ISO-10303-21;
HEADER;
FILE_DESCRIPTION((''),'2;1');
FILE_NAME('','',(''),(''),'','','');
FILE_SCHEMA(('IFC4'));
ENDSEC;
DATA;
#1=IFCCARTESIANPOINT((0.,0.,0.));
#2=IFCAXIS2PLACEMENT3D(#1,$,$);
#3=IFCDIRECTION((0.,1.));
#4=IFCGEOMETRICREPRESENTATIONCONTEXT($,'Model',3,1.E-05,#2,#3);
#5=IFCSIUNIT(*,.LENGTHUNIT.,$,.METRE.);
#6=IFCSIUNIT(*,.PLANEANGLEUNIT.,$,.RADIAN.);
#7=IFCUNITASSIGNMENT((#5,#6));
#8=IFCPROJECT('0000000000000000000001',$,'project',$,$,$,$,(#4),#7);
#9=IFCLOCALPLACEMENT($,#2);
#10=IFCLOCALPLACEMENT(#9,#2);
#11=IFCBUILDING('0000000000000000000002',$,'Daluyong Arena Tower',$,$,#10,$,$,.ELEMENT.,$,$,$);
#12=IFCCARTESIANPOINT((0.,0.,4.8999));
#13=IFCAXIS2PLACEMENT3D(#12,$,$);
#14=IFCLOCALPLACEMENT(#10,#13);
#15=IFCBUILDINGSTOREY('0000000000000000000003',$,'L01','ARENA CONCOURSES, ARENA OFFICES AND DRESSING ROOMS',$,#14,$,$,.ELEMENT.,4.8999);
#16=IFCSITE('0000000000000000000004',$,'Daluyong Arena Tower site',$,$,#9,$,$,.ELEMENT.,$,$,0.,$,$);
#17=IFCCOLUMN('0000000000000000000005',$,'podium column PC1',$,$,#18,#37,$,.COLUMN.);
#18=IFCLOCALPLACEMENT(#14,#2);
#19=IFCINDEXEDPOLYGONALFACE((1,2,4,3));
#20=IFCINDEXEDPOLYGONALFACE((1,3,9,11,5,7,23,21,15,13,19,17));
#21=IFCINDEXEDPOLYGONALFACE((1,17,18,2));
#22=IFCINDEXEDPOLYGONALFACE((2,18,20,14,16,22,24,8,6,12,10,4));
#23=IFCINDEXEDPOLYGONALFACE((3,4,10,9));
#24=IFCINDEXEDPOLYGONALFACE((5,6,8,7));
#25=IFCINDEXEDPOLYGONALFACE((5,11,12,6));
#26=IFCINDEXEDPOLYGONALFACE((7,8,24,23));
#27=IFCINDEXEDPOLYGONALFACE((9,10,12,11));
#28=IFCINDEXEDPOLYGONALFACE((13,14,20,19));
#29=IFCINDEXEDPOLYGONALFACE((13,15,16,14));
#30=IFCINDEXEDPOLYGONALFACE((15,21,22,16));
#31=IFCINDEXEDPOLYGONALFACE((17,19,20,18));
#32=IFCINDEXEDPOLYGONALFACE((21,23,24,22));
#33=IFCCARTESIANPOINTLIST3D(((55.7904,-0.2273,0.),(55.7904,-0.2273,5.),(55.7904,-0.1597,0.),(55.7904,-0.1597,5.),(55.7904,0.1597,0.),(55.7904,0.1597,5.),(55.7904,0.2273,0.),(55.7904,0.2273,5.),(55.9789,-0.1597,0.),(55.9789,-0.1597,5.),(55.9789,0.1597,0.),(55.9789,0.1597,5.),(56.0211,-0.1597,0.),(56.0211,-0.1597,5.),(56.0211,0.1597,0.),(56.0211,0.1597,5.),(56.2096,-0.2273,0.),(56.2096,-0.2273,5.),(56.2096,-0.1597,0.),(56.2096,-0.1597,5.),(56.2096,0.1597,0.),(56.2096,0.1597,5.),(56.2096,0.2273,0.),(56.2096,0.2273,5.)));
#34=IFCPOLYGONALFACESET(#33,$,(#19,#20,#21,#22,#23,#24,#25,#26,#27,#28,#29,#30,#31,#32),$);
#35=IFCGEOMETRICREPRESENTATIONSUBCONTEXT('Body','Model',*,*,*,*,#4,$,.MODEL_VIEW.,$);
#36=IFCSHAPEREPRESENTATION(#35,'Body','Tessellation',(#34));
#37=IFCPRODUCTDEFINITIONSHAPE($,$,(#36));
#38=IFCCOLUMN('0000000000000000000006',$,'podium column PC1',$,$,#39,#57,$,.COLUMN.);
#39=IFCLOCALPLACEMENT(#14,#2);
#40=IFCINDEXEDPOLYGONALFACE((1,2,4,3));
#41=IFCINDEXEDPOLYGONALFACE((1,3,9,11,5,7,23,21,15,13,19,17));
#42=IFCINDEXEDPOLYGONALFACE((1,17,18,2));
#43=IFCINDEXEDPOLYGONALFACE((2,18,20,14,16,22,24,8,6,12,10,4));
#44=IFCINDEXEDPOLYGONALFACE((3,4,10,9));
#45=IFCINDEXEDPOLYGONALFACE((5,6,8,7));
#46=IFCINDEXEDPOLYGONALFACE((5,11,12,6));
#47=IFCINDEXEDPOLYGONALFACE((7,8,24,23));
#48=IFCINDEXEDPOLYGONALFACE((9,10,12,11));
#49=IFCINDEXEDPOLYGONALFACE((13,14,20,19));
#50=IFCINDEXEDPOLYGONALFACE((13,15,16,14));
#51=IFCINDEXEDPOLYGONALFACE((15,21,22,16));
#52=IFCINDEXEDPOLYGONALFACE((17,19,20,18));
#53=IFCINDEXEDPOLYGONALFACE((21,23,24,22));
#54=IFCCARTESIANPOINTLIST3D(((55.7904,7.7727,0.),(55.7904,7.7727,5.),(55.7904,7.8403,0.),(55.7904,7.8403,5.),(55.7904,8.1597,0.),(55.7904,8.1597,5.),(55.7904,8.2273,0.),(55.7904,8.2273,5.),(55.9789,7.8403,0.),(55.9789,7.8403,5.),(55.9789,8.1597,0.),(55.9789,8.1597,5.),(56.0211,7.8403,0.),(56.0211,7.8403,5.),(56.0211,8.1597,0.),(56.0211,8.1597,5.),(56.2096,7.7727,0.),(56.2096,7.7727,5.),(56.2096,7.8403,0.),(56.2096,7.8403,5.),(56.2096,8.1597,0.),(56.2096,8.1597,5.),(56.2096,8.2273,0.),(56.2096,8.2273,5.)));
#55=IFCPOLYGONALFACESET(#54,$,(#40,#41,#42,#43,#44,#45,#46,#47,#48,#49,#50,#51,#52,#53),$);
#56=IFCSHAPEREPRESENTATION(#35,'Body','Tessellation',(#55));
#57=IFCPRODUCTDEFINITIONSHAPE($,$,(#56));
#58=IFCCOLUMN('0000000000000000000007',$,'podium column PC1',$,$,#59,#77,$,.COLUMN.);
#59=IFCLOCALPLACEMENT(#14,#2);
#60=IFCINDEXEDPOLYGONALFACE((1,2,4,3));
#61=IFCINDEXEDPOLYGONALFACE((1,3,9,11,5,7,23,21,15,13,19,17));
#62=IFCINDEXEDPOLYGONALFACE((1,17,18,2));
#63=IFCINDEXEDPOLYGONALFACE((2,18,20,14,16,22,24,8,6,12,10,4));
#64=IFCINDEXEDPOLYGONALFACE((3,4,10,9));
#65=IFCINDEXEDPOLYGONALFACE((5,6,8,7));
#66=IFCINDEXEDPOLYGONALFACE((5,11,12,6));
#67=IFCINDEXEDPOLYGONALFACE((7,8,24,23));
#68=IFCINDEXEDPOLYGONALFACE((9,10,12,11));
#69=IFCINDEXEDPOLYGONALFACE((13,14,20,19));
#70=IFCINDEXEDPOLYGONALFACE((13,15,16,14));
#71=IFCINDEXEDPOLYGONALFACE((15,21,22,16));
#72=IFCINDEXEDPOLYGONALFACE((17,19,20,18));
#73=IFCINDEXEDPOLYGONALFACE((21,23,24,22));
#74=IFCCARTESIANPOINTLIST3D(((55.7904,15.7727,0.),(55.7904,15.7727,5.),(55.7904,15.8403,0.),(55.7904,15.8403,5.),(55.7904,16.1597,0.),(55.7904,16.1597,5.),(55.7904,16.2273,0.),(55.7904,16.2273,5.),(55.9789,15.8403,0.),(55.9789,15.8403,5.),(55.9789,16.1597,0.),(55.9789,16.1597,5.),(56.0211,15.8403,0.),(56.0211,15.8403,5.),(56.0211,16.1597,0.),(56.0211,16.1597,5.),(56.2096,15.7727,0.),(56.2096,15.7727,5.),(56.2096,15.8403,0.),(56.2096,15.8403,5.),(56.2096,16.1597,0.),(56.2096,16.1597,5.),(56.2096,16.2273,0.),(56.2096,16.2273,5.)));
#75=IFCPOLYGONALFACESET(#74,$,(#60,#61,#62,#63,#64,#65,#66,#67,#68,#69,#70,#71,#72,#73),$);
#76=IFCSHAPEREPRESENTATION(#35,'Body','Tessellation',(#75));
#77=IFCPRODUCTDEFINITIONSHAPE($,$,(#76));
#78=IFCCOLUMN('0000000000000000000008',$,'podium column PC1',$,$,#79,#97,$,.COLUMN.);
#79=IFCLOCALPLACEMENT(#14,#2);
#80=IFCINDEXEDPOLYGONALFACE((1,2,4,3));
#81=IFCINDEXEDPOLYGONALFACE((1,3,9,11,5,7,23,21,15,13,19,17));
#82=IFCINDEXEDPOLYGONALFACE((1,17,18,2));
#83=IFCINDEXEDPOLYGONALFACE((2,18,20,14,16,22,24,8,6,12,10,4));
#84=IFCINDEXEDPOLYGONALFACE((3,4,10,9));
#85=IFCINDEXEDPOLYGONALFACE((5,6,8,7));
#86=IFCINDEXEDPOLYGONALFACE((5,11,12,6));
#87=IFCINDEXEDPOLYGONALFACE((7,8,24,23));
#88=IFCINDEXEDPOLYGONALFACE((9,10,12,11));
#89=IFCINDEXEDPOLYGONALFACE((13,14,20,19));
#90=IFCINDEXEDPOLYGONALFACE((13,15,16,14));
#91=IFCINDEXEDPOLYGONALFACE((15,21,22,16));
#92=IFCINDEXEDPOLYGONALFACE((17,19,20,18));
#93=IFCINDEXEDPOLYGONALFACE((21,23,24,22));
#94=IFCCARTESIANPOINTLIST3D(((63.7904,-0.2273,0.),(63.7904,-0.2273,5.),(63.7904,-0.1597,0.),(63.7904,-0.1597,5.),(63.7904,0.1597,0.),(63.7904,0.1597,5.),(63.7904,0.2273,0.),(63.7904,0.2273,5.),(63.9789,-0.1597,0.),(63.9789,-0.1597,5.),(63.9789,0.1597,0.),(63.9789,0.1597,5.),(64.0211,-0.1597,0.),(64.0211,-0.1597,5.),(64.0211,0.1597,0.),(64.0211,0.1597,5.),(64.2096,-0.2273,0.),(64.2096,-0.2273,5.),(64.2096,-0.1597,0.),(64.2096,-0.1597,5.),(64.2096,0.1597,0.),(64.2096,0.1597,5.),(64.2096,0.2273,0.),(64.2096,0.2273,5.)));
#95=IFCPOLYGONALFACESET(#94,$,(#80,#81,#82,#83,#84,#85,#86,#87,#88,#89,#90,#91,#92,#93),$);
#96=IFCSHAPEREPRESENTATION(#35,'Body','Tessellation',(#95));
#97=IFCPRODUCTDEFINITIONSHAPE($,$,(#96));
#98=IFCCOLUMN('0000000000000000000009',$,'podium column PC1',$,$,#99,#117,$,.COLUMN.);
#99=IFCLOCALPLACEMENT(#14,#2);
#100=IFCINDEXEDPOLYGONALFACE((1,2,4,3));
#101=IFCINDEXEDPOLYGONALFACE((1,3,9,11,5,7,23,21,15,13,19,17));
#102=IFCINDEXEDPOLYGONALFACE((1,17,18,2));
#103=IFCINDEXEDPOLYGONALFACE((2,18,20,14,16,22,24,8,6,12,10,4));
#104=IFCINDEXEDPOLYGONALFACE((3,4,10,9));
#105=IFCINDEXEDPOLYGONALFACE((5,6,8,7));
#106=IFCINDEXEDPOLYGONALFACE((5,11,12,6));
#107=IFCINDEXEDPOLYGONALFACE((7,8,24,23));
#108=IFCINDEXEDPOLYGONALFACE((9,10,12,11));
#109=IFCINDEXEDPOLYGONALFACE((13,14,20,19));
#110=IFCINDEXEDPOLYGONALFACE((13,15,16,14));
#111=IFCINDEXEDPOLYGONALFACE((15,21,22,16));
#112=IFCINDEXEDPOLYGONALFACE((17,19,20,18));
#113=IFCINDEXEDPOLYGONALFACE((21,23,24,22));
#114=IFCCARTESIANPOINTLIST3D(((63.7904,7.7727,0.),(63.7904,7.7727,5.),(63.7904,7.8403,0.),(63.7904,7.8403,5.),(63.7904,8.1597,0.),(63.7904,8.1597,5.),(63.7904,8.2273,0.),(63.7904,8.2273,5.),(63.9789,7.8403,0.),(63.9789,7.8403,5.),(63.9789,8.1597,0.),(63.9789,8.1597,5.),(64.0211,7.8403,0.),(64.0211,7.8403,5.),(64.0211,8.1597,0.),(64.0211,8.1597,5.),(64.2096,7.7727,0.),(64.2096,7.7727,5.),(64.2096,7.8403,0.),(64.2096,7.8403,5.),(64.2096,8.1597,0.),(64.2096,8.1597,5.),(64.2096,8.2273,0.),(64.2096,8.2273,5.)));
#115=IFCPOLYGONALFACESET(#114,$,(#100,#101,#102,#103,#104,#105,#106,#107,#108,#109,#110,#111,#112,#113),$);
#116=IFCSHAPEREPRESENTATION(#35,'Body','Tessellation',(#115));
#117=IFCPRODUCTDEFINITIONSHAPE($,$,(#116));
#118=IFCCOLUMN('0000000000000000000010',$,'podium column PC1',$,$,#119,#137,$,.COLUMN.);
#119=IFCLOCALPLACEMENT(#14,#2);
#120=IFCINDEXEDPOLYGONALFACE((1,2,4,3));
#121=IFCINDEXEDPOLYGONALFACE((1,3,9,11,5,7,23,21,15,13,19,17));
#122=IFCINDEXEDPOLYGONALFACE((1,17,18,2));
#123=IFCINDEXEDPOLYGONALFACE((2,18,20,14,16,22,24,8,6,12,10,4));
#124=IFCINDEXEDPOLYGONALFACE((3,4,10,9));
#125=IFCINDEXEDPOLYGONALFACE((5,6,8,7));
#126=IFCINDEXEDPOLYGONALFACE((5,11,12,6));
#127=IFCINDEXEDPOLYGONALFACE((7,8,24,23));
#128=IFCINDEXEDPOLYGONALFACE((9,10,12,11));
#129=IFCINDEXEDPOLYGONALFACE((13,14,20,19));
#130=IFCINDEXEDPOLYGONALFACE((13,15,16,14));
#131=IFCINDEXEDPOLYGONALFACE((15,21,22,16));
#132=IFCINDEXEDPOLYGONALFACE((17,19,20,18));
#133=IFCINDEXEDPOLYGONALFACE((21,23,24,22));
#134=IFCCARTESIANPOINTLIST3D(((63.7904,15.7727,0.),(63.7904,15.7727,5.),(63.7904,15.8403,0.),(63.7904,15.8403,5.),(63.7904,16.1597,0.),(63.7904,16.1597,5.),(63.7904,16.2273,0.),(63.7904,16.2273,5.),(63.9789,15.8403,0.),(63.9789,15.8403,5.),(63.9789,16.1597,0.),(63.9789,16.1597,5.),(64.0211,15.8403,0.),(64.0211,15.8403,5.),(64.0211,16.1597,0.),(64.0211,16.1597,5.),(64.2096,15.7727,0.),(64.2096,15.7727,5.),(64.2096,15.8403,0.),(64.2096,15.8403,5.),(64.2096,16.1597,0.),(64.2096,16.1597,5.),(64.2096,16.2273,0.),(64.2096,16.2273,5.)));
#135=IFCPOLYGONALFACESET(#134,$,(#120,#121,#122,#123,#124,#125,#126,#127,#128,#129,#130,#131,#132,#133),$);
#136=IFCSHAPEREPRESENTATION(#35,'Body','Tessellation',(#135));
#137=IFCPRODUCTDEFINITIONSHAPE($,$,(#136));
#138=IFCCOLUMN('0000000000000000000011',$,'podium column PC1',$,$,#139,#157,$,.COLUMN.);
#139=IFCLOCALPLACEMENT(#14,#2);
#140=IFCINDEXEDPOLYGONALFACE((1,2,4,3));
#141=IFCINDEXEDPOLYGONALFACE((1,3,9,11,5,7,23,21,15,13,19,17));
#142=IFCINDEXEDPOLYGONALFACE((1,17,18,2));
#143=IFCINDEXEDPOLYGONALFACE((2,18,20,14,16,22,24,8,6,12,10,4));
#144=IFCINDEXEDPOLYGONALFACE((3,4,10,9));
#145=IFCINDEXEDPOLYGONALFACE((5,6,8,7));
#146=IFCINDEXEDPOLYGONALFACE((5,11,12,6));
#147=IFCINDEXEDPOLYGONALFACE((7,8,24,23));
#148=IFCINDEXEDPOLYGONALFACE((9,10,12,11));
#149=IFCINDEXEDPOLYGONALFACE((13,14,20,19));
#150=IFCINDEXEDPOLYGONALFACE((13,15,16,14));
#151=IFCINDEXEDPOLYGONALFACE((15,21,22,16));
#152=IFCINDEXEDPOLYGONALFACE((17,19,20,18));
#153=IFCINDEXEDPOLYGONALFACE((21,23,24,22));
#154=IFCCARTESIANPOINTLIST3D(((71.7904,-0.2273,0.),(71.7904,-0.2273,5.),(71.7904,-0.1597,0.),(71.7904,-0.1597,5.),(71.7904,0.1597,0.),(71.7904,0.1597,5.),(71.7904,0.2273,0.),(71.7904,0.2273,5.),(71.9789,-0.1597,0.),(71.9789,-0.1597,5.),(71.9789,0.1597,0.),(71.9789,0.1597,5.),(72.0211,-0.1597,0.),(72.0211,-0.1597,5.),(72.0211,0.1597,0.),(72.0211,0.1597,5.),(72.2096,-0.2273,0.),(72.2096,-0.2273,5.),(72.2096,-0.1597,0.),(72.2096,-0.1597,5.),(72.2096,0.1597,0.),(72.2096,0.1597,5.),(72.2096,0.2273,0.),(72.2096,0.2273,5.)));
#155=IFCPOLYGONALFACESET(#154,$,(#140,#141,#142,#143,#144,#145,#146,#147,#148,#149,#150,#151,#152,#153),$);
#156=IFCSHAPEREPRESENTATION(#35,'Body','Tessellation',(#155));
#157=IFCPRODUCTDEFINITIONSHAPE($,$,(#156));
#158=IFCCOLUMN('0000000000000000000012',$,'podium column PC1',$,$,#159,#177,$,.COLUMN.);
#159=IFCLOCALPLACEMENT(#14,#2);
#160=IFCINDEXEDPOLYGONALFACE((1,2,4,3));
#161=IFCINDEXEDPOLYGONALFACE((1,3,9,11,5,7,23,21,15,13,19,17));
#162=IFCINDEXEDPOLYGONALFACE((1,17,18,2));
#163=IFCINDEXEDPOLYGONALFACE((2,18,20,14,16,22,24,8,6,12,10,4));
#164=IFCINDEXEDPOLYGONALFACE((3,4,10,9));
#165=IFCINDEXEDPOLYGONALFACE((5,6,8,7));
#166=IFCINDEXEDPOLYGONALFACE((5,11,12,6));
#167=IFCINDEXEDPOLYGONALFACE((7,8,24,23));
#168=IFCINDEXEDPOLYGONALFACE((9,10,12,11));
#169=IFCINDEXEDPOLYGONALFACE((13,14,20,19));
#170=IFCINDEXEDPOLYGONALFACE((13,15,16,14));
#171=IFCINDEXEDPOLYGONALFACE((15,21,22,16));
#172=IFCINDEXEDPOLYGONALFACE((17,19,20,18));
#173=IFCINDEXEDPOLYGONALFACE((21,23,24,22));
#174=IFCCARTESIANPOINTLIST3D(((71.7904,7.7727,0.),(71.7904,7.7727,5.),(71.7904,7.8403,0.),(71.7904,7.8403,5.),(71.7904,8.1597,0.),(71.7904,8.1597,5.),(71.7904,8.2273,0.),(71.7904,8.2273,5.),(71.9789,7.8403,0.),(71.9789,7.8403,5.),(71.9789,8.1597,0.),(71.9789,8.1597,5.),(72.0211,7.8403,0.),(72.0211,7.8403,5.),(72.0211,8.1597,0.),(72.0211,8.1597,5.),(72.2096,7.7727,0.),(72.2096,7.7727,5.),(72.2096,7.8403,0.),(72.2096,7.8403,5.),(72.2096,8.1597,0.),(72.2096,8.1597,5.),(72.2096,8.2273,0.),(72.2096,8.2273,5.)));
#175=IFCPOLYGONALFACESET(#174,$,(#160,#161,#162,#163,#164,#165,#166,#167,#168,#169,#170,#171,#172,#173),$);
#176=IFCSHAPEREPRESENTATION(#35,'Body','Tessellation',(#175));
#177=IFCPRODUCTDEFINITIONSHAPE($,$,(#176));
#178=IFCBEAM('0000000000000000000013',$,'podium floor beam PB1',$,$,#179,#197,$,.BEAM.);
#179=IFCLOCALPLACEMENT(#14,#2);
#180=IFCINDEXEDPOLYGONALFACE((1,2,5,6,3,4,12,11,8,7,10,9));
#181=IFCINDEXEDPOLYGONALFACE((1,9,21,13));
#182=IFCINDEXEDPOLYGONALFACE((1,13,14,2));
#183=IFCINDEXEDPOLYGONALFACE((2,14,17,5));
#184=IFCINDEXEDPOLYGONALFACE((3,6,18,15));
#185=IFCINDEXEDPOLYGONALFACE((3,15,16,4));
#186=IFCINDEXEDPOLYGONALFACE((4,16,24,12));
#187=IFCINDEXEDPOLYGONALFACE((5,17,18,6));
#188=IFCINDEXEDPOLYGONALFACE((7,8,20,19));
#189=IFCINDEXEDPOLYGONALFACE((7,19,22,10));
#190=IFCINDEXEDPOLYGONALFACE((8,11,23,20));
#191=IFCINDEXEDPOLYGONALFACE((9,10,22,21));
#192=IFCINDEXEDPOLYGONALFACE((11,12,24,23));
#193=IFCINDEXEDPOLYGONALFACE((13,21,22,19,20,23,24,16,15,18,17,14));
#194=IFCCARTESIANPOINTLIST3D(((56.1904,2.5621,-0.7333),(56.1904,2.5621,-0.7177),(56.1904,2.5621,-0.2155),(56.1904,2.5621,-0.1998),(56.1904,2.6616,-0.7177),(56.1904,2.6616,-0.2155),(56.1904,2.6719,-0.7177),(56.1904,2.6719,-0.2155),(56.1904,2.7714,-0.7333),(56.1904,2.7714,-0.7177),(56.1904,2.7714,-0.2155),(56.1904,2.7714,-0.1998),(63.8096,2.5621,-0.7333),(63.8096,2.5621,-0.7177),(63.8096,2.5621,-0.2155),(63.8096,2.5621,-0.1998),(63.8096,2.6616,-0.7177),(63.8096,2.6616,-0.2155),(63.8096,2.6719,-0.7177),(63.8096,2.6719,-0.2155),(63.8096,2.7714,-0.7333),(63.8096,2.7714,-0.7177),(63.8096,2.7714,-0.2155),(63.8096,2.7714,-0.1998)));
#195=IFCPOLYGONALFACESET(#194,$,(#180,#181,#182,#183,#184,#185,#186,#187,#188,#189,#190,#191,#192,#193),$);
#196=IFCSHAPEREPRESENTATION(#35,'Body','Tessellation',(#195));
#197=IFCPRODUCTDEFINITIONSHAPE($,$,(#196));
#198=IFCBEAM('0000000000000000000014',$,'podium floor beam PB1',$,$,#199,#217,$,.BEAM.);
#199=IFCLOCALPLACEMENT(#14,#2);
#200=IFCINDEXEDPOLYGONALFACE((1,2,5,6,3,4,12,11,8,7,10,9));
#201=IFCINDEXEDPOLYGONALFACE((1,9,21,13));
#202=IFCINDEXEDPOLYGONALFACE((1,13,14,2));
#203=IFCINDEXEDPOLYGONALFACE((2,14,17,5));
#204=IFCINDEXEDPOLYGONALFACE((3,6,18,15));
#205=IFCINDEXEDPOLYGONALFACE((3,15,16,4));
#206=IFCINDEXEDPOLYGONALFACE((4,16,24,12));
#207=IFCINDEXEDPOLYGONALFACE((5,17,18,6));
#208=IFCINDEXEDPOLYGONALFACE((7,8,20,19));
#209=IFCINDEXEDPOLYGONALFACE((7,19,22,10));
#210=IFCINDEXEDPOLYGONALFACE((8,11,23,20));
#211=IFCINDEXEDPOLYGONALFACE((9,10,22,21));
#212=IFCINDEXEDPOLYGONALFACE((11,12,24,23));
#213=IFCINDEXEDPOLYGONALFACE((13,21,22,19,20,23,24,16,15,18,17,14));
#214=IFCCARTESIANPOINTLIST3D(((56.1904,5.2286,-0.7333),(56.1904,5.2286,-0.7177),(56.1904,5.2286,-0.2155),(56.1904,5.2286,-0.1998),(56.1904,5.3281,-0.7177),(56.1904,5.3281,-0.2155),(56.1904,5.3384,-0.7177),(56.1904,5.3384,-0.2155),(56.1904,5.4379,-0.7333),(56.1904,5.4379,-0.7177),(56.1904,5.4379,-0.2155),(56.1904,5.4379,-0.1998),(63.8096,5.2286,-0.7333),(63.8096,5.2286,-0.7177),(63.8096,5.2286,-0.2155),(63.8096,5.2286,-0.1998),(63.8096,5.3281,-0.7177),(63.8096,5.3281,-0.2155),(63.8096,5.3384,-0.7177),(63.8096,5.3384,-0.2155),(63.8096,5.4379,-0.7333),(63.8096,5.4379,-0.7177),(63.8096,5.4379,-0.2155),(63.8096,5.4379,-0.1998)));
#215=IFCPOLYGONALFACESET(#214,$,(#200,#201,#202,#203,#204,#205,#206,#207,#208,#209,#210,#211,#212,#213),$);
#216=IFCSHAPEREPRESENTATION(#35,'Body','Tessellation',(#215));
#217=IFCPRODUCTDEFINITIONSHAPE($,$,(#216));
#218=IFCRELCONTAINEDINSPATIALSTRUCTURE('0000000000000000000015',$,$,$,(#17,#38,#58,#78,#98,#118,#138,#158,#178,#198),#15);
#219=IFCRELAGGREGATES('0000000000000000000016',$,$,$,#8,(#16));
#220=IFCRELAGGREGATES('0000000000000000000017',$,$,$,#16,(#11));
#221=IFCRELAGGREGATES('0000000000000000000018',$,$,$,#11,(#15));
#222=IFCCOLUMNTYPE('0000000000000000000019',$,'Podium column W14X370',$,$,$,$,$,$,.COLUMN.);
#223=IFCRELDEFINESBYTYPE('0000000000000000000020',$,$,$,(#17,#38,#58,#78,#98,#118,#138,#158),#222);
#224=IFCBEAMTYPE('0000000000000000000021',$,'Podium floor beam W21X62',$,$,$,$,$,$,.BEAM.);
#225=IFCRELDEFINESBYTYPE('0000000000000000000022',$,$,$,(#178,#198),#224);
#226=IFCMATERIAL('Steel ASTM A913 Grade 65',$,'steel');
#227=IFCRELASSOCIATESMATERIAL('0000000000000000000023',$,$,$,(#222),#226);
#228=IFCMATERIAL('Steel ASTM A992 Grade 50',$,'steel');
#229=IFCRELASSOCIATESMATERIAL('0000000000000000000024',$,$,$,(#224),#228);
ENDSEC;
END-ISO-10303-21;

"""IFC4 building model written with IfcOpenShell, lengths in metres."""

from ifc_helpers import new_model, si_unit, direction, frame, origin, origin_2d, place, context, subcontext, project, spatial, i_section, extrude, material, material_profile, profile_set, type_object, element, save


model = new_model("IFC4")

# Units and contexts
model_context = context("Model", 3, precision=1e-05, world=origin(), true_north=direction((0.0, 1.0)))
body_context = subcontext(model_context, "Body", "Model", "MODEL_VIEW")
ifc_project = project(units=[si_unit("LENGTHUNIT", "METRE"), si_unit("PLANEANGLEUNIT", "RADIAN")], contexts=[model_context])

# Site, building, storey
site_placement = place(None, origin())
site = spatial("IfcSite", under=ifc_project, at=site_placement, Name="Daluyong Arena Tower site", CompositionType="ELEMENT", RefElevation=0.0)
building_placement = place(site_placement, origin())
building = spatial("IfcBuilding", under=site, at=building_placement, Name="Daluyong Arena Tower", CompositionType="ELEMENT")
storey_placement = place(building_placement, frame((0.0, 0.0, 4.8999)))
storey = spatial("IfcBuildingStorey", under=building, at=storey_placement, Name="L01", Description="ARENA CONCOURSES, ARENA OFFICES AND DRESSING ROOMS", CompositionType="ELEMENT", Elevation=4.8999)

# Columns
ifc_material_1 = material(Name="Steel ASTM A913 Grade 65", Category="steel")
ifc_material_profile_1 = material_profile(ifc_material_1, i_section(OverallWidth=0.4192, OverallDepth=0.4546, WebThickness=0.0422, FlangeThickness=0.0676, at=origin_2d()))
ifc_profile_set_1 = profile_set([ifc_material_profile_1], Name="Steel ASTM A913 Grade 65")
column_type = type_object("IfcColumnType", Name="Podium column W14X370", PredefinedType="COLUMN", material=ifc_profile_set_1)
for number, where, z_axis, x_axis, name in (
    (1, (56.0, 0.0, 0.0), (0.0, 0.0, 1.0), (1.0, 0.0, 0.0), "podium column PC1"),
    (2, (56.0, 8.0, 0.0), (0.0, 0.0, 1.0), (1.0, 0.0, 0.0), "podium column PC1"),
    (3, (56.0, 16.0, 0.0), (0.0, 0.0, 1.0), (1.0, 0.0, 0.0), "podium column PC1"),
    (4, (64.0, 0.0, 0.0), (0.0, 0.0, 1.0), (1.0, 0.0, 0.0), "podium column PC1"),
    (5, (64.0, 8.0, 0.0), (0.0, 0.0, 1.0), (1.0, 0.0, 0.0), "podium column PC1"),
    (6, (64.0, 16.0, 0.0), (0.0, 0.0, 1.0), (1.0, 0.0, 0.0), "podium column PC1"),
    (7, (72.0, 0.0, 0.0), (0.0, 0.0, 1.0), (1.0, 0.0, 0.0), "podium column PC1"),
    (8, (72.0, 8.0, 0.0), (0.0, 0.0, 1.0), (1.0, 0.0, 0.0), "podium column PC1"),
):
    element("IfcColumn", number, at=place(storey_placement, frame(where, z_axis=z_axis, x_axis=x_axis)), inside=storey, type_object=column_type, Name=name, PredefinedType="COLUMN", context=body_context, shape_type="SweptSolid", body=[
        extrude(i_section(OverallWidth=0.4192, OverallDepth=0.4546, WebThickness=0.0422, FlangeThickness=0.0676, at=origin_2d()), origin(), (0.0, 0.0, 1.0), 5.0),
    ])

# Beams
ifc_material_2 = material(Name="Steel ASTM A992 Grade 50", Category="steel")
ifc_material_profile_2 = material_profile(ifc_material_2, i_section(OverallWidth=0.2092, OverallDepth=0.5334, WebThickness=0.0103, FlangeThickness=0.0156, at=origin_2d()))
ifc_profile_set_2 = profile_set([ifc_material_profile_2], Name="Steel ASTM A992 Grade 50")
beam_type_1 = type_object("IfcBeamType", Name="Podium floor beam W21X62", PredefinedType="BEAM", material=ifc_profile_set_2)
for number, where, z_axis, x_axis, name in (
    (9, (56.1904, 2.6667, -0.4666), (1.0, 0.0, 0.0), (0.0, 1.0, 0.0), "podium floor beam PB1"),
    (10, (56.1904, 5.3333, -0.4666), (1.0, 0.0, 0.0), (0.0, 1.0, 0.0), "podium floor beam PB1"),
):
    element("IfcBeam", number, at=place(storey_placement, frame(where, z_axis=z_axis, x_axis=x_axis)), inside=storey, type_object=beam_type_1, Name=name, PredefinedType="BEAM", context=body_context, shape_type="SweptSolid", body=[
        extrude(i_section(OverallWidth=0.2092, OverallDepth=0.5334, WebThickness=0.0103, FlangeThickness=0.0156, at=origin_2d()), origin(), (0.0, 0.0, 1.0), 7.6191),
    ])

save(model, "model.ifc")
